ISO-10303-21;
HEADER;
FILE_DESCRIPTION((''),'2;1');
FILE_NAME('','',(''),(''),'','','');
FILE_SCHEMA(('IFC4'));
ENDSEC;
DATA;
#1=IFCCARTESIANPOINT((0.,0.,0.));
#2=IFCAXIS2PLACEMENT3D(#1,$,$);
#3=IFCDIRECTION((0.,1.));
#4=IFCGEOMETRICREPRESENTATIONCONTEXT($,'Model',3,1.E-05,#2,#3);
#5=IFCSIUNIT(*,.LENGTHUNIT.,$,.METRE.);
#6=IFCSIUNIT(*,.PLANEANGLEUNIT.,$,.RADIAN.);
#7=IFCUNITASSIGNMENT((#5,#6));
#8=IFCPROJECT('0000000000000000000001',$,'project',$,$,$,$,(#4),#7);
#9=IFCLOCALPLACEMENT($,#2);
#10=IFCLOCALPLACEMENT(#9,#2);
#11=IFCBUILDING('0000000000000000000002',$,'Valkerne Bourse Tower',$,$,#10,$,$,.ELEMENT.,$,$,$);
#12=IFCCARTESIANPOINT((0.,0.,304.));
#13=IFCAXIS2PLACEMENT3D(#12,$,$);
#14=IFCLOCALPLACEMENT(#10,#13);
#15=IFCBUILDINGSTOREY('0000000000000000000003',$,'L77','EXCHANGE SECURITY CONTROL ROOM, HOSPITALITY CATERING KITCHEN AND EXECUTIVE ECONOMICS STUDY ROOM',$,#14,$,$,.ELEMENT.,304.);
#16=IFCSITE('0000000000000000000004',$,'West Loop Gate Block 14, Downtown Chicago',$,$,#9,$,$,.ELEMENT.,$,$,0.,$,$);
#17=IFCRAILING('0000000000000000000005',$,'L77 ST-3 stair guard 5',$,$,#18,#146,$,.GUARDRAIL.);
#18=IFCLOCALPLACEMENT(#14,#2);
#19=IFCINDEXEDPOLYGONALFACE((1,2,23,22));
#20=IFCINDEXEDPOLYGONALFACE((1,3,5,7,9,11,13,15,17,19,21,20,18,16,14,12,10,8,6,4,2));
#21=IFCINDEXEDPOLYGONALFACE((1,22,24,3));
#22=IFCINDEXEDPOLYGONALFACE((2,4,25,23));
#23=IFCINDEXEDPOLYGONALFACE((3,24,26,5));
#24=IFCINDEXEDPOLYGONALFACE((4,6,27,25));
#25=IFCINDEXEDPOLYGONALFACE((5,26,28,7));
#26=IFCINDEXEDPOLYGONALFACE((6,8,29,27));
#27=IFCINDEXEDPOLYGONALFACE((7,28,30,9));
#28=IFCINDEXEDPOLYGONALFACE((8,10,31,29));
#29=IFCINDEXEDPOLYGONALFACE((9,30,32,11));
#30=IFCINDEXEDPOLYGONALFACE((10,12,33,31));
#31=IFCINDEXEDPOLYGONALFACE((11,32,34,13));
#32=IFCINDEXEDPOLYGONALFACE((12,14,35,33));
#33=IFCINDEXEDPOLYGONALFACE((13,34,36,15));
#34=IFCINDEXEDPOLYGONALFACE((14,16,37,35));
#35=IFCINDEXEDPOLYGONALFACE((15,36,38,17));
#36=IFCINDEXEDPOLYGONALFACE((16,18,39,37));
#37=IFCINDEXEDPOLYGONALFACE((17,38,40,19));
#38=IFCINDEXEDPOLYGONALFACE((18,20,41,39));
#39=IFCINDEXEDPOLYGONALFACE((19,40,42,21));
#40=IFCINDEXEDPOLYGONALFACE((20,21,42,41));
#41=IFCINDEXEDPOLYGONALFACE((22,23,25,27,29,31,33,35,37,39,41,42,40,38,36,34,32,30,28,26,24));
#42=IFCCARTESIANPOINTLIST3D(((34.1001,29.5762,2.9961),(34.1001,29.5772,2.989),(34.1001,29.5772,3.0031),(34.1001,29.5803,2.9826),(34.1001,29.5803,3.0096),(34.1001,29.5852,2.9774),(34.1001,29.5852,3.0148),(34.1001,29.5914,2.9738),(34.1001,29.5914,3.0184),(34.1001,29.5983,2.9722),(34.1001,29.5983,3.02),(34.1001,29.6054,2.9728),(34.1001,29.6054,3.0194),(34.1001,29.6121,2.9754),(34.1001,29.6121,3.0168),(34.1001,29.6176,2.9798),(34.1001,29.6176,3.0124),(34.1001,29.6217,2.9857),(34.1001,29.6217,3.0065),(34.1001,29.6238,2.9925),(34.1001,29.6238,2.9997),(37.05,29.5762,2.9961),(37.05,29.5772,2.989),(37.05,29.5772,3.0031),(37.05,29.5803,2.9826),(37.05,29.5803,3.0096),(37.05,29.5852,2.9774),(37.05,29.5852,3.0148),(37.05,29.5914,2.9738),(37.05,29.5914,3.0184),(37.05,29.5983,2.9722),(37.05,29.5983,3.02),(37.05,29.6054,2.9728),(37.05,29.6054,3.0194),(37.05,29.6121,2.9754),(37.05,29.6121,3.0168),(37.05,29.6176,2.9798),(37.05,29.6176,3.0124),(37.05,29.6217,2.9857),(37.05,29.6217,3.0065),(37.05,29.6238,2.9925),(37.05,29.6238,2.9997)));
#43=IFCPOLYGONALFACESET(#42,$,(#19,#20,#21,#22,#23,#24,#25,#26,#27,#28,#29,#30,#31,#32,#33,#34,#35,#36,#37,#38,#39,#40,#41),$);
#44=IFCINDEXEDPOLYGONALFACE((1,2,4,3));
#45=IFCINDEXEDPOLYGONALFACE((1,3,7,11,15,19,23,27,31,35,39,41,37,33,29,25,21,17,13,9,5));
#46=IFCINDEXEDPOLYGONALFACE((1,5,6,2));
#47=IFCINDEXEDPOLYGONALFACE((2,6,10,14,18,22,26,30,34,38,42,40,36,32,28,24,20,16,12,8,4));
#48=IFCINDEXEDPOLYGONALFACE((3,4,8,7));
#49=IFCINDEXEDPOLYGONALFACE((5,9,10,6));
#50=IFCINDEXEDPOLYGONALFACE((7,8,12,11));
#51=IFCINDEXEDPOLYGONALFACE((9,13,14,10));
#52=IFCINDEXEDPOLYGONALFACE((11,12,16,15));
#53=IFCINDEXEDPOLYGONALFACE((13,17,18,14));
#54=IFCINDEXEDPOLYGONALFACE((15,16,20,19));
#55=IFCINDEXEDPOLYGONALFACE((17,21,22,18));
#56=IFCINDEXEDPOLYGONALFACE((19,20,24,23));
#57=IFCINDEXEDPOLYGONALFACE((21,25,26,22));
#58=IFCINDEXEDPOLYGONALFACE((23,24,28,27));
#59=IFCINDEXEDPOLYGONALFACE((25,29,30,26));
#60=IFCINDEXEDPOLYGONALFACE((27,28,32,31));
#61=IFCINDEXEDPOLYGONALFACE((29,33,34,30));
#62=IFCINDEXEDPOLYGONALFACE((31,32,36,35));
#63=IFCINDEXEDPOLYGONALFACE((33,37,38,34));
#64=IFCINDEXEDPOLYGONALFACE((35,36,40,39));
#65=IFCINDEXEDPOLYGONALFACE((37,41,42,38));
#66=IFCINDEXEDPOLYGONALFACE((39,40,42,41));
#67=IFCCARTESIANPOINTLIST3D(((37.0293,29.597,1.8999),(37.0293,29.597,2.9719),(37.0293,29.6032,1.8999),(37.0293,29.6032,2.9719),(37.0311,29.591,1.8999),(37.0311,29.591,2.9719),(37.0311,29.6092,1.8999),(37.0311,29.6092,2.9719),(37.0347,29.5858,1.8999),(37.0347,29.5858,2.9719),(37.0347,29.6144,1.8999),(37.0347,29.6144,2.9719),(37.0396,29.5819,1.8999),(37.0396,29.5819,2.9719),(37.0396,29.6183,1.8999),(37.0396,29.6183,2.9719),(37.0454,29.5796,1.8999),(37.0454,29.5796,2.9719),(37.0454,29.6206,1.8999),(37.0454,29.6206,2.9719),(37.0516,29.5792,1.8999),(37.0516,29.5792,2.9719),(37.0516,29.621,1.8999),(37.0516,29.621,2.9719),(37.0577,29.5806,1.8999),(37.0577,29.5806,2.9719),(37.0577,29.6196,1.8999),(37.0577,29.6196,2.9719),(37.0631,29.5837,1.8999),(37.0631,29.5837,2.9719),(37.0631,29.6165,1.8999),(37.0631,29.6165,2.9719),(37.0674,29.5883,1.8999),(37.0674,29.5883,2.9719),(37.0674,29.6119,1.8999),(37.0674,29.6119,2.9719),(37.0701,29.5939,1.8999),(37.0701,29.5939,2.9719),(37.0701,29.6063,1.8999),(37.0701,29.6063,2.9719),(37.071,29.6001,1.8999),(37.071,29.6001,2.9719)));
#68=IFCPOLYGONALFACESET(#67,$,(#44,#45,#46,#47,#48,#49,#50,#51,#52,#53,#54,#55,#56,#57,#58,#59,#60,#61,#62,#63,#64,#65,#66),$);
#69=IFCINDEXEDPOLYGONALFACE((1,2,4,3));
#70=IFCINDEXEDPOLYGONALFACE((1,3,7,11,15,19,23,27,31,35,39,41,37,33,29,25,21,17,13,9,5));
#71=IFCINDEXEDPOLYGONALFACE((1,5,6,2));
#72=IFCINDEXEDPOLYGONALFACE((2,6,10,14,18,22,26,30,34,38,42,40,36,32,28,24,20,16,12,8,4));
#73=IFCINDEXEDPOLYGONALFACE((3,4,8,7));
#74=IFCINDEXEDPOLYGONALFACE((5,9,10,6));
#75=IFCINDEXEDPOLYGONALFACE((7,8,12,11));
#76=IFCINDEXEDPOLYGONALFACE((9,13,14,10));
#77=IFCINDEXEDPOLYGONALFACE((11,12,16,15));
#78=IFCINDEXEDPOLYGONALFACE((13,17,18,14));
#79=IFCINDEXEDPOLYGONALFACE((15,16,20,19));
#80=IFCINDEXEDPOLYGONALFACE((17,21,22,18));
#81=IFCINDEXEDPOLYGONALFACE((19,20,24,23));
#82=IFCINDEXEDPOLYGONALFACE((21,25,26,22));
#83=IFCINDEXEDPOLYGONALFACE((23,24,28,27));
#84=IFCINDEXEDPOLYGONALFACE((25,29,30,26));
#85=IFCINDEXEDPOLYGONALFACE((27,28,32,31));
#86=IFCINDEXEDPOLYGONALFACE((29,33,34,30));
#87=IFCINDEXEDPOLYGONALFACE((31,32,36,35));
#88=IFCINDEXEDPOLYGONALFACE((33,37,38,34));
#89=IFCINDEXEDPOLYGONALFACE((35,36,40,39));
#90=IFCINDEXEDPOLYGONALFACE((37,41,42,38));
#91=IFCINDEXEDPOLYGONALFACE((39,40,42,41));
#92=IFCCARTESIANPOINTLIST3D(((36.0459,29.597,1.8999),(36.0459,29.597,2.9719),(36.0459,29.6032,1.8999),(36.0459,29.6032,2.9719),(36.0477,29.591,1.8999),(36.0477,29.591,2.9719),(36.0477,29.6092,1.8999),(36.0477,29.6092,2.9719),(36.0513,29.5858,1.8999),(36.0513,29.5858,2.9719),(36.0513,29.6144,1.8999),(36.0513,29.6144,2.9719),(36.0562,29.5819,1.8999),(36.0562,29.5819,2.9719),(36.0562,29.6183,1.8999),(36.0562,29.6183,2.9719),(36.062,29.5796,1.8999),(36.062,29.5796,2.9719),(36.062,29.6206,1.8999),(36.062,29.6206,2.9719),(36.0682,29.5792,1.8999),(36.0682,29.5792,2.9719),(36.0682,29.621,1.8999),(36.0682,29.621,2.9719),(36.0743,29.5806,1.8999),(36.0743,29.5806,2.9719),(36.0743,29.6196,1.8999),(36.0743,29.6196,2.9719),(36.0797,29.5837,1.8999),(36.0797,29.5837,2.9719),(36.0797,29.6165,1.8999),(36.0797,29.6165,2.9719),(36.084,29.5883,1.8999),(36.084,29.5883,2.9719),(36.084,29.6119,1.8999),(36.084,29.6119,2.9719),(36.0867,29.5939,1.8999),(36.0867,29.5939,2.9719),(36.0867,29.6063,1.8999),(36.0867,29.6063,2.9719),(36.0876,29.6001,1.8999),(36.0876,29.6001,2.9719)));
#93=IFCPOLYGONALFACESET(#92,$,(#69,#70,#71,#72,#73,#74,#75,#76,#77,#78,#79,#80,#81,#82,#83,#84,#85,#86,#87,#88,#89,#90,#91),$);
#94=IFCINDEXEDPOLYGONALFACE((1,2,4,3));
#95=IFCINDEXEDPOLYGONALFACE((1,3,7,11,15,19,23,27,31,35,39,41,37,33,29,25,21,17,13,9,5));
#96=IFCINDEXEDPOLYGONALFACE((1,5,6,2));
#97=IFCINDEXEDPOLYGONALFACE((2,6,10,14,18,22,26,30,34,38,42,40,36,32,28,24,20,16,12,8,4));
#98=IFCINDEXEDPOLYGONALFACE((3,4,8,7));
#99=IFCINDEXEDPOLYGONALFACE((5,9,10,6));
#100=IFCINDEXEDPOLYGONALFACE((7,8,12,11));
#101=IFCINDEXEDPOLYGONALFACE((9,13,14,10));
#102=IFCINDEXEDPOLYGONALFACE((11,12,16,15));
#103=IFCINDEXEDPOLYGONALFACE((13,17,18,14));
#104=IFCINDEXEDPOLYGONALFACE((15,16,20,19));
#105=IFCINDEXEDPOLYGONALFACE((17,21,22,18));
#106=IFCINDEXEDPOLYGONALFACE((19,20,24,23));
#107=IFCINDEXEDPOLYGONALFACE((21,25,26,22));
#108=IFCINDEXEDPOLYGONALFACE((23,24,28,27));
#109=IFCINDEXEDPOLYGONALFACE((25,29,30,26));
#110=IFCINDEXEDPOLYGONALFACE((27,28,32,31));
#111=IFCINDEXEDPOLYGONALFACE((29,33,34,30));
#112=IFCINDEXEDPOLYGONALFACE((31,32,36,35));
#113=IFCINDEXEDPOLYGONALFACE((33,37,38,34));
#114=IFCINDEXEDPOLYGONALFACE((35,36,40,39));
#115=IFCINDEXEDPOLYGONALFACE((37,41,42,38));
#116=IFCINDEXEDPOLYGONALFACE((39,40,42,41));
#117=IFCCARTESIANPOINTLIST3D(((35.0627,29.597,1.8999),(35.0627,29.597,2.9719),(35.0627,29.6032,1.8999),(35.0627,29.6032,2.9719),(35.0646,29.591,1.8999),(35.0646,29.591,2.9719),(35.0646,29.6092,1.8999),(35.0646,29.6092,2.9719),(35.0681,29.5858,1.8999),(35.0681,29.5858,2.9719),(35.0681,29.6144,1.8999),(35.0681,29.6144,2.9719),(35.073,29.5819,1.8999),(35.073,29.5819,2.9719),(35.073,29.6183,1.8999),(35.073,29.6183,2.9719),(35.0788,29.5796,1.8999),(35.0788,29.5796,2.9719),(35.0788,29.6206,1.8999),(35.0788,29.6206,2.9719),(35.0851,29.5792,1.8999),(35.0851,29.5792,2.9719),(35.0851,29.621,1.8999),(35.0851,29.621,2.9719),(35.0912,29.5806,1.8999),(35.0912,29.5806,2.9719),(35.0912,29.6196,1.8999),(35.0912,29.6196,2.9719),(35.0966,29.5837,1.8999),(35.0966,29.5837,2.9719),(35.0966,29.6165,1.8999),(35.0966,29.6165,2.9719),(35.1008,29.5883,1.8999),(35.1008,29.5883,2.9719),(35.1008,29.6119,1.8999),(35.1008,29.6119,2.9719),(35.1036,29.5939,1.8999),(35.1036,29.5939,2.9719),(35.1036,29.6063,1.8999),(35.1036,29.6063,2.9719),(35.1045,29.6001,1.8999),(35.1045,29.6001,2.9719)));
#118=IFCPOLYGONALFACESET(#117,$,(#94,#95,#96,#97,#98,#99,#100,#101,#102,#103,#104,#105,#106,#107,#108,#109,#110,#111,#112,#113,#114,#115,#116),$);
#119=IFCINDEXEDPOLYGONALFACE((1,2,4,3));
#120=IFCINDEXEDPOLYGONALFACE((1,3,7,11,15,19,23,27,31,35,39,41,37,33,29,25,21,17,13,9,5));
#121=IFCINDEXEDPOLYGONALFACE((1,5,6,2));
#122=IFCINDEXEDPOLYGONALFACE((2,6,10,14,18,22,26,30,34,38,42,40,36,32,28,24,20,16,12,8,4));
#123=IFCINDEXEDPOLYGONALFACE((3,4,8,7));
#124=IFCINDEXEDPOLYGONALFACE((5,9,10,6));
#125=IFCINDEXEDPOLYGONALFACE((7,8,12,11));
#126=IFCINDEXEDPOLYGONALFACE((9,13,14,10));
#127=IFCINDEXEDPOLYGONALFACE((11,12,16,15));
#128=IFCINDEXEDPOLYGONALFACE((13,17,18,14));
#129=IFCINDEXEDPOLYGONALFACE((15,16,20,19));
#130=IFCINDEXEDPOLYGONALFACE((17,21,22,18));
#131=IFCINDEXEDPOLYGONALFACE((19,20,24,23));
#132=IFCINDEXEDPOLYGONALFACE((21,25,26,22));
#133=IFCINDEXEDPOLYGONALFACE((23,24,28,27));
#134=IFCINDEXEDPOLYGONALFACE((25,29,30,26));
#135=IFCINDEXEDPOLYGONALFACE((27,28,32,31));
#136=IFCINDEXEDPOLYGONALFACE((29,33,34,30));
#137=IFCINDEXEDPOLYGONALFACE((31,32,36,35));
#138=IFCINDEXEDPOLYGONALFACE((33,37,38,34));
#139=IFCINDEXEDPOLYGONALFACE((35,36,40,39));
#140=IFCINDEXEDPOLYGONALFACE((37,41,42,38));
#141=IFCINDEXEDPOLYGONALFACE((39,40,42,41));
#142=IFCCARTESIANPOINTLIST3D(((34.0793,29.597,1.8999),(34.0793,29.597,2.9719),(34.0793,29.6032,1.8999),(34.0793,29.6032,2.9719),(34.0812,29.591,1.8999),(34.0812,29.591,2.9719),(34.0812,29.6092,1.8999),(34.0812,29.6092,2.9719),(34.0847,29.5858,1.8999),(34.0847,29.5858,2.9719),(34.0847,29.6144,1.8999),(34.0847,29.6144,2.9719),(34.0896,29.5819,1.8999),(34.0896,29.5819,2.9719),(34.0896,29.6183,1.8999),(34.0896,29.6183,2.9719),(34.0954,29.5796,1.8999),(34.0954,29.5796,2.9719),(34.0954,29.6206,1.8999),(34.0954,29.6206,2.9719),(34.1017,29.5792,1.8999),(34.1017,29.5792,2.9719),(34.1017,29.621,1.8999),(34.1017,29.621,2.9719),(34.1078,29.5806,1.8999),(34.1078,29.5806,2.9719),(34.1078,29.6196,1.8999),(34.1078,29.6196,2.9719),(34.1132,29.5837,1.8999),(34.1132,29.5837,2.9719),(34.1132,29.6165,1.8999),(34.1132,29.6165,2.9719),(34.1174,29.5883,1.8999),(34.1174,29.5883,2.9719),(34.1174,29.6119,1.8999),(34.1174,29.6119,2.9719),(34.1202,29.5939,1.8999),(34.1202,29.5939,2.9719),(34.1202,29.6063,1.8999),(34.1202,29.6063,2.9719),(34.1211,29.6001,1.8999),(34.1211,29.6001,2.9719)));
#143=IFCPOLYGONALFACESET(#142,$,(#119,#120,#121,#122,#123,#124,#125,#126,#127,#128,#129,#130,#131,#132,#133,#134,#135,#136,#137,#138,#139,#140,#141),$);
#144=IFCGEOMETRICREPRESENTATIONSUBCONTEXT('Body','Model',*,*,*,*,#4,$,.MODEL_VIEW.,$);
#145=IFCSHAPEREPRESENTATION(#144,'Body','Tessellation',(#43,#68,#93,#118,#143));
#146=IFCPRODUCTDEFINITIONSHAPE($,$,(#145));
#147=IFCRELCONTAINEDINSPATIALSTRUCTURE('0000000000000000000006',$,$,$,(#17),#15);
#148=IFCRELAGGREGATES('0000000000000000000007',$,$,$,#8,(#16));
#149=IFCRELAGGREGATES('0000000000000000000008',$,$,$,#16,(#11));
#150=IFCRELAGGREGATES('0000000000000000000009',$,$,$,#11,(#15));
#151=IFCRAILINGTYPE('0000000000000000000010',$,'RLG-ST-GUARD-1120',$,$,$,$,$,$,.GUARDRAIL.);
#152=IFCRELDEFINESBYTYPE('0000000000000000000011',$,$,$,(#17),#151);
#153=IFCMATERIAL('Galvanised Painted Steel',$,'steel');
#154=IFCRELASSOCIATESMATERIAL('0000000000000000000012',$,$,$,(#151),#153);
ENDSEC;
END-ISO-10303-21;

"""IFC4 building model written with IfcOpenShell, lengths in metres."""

from ifc_helpers import new_model, si_unit, direction, frame, origin, origin_2d, place, context, subcontext, project, spatial, circle, extrude, material, type_object, element, save


model = new_model("IFC4")

# Units and contexts
model_context = context("Model", 3, precision=1e-05, world=origin(), true_north=direction((0.0, 1.0)))
body_context = subcontext(model_context, "Body", "Model", "MODEL_VIEW")
ifc_project = project(units=[si_unit("LENGTHUNIT", "METRE"), si_unit("PLANEANGLEUNIT", "RADIAN")], contexts=[model_context])

# Site, building, storey
site_placement = place(None, origin())
site = spatial("IfcSite", under=ifc_project, at=site_placement, Name="West Loop Gate Block 14, Downtown Chicago", CompositionType="ELEMENT", RefElevation=0.0)
building_placement = place(site_placement, origin())
building = spatial("IfcBuilding", under=site, at=building_placement, Name="Valkerne Bourse Tower", CompositionType="ELEMENT")
storey_placement = place(building_placement, frame((0.0, 0.0, 304.0)))
storey = spatial("IfcBuildingStorey", under=building, at=storey_placement, Name="L77", Description="EXCHANGE SECURITY CONTROL ROOM, HOSPITALITY CATERING KITCHEN AND EXECUTIVE ECONOMICS STUDY ROOM", CompositionType="ELEMENT", Elevation=304.0)

# Railing
ifc_material_1 = material(Name="Galvanised Painted Steel", Category="steel")
railing_type_1 = type_object("IfcRailingType", Name="RLG-ST-GUARD-1120", PredefinedType="GUARDRAIL", material=ifc_material_1)
railing_1_placement = place(storey_placement, frame((37.05, 29.6001, 1.8999)))
element("IfcRailing", 1, at=railing_1_placement, inside=storey, type_object=railing_type_1, Name="L77 ST-3 stair guard 5", PredefinedType="GUARDRAIL", context=body_context, shape_type="SweptSolid", body=[
    extrude(circle(Radius=0.0239, at=origin_2d()), frame((0.0, 0.0, 1.0962), z_axis=(-1.0, 0.0, 0.0), x_axis=(0.0, -1.0, 0.0)), (0.0, 0.0, 1.0), 2.95),
    extrude(circle(Radius=0.021, at=origin_2d()), origin(), (0.0, 0.0, 1.0), 1.072),
    extrude(circle(Radius=0.021, at=origin_2d()), frame((-0.9834, 0.0, 0.0)), (0.0, 0.0, 1.0), 1.072),
    extrude(circle(Radius=0.021, at=origin_2d()), frame((-1.9666, 0.0, 0.0)), (0.0, 0.0, 1.0), 1.072),
    extrude(circle(Radius=0.021, at=origin_2d()), frame((-2.95, 0.0, 0.0)), (0.0, 0.0, 1.0), 1.072),
])

save(model, "model.ifc")
